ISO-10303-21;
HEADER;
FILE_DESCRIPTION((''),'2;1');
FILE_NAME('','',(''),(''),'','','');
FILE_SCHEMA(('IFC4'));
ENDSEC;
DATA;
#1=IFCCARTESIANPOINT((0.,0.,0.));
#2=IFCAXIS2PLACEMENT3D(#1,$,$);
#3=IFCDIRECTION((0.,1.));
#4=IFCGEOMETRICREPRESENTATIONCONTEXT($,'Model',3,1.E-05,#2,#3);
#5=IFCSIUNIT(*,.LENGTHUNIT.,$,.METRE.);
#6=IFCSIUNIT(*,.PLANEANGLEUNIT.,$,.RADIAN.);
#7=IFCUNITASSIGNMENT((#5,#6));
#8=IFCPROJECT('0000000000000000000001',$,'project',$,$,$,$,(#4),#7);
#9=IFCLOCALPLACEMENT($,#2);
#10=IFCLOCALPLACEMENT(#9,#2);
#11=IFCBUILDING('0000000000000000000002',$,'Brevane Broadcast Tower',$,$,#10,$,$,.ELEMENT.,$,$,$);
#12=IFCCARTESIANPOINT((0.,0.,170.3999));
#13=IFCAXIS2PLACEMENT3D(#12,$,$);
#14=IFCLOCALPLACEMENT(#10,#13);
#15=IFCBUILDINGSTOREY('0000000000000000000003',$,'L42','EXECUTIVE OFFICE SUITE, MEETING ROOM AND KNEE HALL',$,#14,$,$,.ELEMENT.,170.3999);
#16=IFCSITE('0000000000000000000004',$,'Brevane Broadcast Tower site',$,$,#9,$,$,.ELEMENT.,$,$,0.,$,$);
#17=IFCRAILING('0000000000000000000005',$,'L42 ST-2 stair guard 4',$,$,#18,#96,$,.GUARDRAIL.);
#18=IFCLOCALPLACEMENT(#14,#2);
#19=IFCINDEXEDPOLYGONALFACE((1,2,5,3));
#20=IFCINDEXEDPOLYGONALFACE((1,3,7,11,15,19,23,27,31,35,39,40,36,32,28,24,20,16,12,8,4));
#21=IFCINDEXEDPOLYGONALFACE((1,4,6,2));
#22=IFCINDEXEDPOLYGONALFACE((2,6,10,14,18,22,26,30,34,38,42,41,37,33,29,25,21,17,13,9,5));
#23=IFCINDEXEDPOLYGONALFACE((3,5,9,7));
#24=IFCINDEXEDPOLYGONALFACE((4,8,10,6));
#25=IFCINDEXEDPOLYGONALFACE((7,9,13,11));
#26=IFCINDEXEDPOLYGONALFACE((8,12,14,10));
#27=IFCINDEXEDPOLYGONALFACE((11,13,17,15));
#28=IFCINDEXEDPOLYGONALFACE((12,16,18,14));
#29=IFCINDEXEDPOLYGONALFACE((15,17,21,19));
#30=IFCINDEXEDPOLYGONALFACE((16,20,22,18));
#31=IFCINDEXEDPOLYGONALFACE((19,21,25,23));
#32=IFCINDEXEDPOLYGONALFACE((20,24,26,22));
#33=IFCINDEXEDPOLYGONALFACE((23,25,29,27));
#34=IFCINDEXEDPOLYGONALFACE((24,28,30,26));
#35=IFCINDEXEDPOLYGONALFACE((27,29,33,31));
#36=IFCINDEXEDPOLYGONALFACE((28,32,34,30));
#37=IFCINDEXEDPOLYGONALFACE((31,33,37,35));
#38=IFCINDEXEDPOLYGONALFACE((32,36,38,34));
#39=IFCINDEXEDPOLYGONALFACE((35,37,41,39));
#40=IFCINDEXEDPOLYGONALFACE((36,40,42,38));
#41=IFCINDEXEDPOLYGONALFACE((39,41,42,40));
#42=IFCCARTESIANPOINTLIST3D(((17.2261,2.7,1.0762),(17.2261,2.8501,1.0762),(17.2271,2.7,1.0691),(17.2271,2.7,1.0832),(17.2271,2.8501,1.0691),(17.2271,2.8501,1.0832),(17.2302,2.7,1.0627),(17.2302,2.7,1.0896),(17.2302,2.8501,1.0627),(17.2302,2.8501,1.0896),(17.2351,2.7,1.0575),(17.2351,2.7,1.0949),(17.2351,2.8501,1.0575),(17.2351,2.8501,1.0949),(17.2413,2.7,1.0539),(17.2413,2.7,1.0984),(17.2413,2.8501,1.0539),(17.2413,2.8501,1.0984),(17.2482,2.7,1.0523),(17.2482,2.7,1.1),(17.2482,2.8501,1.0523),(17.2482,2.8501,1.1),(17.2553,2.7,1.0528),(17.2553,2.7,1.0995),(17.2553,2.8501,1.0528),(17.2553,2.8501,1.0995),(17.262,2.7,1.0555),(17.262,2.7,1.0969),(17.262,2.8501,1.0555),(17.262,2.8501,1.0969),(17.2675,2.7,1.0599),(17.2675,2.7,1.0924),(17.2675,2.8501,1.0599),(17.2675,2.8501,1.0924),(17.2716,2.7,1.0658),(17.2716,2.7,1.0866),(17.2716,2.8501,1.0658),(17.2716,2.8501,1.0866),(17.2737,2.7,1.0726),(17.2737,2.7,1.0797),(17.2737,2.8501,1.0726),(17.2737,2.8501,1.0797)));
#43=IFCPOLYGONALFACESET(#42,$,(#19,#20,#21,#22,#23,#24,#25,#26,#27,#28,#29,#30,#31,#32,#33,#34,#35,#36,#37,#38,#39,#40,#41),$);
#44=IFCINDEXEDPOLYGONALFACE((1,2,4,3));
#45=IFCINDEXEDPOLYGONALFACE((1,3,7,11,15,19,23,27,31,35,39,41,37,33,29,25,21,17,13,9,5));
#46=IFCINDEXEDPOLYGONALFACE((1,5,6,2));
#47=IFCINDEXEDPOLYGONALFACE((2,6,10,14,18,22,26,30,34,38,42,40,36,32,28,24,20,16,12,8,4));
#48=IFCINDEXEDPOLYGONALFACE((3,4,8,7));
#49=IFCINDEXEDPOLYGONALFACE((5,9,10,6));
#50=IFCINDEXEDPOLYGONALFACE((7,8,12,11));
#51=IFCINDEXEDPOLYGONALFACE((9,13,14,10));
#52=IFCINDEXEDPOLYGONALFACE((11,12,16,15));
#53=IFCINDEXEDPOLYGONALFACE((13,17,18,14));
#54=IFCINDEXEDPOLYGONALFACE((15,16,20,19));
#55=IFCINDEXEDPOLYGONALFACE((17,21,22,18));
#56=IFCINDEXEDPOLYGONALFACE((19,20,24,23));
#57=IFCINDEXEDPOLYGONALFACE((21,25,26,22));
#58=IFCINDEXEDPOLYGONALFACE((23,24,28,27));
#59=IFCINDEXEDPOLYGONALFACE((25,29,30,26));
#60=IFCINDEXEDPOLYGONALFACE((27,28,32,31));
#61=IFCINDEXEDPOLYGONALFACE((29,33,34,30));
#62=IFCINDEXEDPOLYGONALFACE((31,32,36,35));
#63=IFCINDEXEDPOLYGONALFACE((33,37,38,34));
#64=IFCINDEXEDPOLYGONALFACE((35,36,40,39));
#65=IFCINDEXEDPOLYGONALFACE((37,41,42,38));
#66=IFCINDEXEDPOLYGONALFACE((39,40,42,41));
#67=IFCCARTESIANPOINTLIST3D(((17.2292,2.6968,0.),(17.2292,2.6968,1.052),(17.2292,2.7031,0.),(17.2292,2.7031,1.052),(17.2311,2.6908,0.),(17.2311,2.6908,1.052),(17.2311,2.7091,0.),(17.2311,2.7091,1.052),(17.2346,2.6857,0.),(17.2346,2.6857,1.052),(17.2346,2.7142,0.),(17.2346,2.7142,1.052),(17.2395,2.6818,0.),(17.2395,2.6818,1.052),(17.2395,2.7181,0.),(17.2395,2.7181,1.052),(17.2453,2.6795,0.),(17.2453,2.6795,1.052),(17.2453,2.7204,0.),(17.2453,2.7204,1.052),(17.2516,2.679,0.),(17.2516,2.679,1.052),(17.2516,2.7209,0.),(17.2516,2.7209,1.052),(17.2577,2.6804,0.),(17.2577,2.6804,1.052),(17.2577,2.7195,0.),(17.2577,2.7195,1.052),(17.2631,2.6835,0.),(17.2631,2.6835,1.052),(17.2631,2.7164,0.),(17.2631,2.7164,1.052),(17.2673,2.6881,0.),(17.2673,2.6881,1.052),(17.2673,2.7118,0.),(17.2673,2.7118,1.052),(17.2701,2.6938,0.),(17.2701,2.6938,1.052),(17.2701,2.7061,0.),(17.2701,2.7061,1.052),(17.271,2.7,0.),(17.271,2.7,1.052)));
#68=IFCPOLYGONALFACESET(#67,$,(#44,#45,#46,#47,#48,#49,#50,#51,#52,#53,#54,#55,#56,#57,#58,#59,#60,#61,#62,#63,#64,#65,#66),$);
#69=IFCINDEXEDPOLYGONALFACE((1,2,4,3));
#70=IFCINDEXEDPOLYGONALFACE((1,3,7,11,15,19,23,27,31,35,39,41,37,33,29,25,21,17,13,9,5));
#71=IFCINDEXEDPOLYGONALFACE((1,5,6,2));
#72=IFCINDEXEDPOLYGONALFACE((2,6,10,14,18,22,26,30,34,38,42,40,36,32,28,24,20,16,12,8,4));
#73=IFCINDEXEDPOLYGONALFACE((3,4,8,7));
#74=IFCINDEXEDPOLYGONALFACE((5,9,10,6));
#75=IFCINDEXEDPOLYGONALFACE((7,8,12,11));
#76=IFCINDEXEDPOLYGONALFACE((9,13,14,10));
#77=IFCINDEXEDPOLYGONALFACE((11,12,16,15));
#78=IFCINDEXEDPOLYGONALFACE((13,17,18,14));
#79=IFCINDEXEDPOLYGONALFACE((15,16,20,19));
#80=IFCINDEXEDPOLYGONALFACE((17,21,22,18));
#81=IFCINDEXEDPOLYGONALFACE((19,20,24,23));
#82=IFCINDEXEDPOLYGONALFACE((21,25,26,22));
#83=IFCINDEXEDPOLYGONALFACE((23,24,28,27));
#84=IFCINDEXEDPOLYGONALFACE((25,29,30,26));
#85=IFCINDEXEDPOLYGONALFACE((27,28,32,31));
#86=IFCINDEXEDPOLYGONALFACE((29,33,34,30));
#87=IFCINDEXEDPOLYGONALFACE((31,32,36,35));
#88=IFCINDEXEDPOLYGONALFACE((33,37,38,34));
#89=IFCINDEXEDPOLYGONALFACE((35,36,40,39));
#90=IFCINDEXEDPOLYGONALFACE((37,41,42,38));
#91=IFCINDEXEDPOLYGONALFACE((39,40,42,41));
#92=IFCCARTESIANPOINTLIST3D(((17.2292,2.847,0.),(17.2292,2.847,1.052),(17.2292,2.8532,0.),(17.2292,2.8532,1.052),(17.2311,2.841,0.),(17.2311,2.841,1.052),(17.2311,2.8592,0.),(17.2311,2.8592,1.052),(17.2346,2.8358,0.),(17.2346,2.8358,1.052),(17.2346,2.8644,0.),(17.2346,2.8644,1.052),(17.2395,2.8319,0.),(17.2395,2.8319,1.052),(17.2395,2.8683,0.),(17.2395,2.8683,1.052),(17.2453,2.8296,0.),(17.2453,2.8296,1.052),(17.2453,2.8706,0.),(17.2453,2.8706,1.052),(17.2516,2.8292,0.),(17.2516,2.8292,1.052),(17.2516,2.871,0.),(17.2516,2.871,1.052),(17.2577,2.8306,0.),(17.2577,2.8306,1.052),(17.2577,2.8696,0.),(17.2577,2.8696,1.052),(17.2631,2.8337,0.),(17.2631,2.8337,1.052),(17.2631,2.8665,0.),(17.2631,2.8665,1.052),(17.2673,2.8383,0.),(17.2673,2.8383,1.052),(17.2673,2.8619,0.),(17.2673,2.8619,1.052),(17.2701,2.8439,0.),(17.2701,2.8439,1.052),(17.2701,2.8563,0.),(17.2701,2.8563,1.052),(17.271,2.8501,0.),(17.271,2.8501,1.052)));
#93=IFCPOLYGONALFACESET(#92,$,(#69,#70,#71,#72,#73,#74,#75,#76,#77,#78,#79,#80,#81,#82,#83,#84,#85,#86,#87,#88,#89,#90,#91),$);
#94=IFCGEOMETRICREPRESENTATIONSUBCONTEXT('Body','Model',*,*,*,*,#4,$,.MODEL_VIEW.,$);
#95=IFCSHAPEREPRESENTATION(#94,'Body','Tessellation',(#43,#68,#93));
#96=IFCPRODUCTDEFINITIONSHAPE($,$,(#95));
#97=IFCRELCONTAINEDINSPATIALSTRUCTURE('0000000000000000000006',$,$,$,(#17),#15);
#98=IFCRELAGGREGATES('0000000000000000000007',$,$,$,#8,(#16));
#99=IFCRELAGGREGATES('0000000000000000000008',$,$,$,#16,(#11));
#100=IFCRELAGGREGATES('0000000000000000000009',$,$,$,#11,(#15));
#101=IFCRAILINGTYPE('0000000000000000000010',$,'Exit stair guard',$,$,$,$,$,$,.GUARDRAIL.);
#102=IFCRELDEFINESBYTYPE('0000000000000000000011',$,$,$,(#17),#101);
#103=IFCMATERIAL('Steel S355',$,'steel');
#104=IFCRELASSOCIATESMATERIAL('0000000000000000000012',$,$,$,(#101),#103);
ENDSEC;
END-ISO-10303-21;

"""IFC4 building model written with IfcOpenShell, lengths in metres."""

from ifc_helpers import new_model, si_unit, direction, frame, origin, origin_2d, place, context, subcontext, project, spatial, circle, extrude, material, type_object, element, save


model = new_model("IFC4")

# Units and contexts
model_context = context("Model", 3, precision=1e-05, world=origin(), true_north=direction((0.0, 1.0)))
body_context = subcontext(model_context, "Body", "Model", "MODEL_VIEW")
ifc_project = project(units=[si_unit("LENGTHUNIT", "METRE"), si_unit("PLANEANGLEUNIT", "RADIAN")], contexts=[model_context])

# Site, building, storey
site_placement = place(None, origin())
site = spatial("IfcSite", under=ifc_project, at=site_placement, Name="Brevane Broadcast Tower site", CompositionType="ELEMENT", RefElevation=0.0)
building_placement = place(site_placement, origin())
building = spatial("IfcBuilding", under=site, at=building_placement, Name="Brevane Broadcast Tower", CompositionType="ELEMENT")
storey_placement = place(building_placement, frame((0.0, 0.0, 170.3999)))
storey = spatial("IfcBuildingStorey", under=building, at=storey_placement, Name="L42", Description="EXECUTIVE OFFICE SUITE, MEETING ROOM AND KNEE HALL", CompositionType="ELEMENT", Elevation=170.3999)

# Railing
ifc_material_1 = material(Name="Steel S355", Category="steel")
railing_type_1 = type_object("IfcRailingType", Name="Exit stair guard", PredefinedType="GUARDRAIL", material=ifc_material_1)
railing_1_placement = place(storey_placement, frame((17.25, 2.7, 0.0)))
element("IfcRailing", 1, at=railing_1_placement, inside=storey, type_object=railing_type_1, Name="L42 ST-2 stair guard 4", PredefinedType="GUARDRAIL", context=body_context, shape_type="SweptSolid", body=[
    extrude(circle(Radius=0.0239, at=origin_2d()), frame((0.0, 0.0, 1.0762), z_axis=(0.0, 1.0, 0.0), x_axis=(-1.0, 0.0, 0.0)), (0.0, 0.0, 1.0), 0.1501),
    extrude(circle(Radius=0.021, at=origin_2d()), origin(), (0.0, 0.0, 1.0), 1.052),
    extrude(circle(Radius=0.021, at=origin_2d()), frame((0.0, 0.1501, 0.0)), (0.0, 0.0, 1.0), 1.052),
])

save(model, "model.ifc")
